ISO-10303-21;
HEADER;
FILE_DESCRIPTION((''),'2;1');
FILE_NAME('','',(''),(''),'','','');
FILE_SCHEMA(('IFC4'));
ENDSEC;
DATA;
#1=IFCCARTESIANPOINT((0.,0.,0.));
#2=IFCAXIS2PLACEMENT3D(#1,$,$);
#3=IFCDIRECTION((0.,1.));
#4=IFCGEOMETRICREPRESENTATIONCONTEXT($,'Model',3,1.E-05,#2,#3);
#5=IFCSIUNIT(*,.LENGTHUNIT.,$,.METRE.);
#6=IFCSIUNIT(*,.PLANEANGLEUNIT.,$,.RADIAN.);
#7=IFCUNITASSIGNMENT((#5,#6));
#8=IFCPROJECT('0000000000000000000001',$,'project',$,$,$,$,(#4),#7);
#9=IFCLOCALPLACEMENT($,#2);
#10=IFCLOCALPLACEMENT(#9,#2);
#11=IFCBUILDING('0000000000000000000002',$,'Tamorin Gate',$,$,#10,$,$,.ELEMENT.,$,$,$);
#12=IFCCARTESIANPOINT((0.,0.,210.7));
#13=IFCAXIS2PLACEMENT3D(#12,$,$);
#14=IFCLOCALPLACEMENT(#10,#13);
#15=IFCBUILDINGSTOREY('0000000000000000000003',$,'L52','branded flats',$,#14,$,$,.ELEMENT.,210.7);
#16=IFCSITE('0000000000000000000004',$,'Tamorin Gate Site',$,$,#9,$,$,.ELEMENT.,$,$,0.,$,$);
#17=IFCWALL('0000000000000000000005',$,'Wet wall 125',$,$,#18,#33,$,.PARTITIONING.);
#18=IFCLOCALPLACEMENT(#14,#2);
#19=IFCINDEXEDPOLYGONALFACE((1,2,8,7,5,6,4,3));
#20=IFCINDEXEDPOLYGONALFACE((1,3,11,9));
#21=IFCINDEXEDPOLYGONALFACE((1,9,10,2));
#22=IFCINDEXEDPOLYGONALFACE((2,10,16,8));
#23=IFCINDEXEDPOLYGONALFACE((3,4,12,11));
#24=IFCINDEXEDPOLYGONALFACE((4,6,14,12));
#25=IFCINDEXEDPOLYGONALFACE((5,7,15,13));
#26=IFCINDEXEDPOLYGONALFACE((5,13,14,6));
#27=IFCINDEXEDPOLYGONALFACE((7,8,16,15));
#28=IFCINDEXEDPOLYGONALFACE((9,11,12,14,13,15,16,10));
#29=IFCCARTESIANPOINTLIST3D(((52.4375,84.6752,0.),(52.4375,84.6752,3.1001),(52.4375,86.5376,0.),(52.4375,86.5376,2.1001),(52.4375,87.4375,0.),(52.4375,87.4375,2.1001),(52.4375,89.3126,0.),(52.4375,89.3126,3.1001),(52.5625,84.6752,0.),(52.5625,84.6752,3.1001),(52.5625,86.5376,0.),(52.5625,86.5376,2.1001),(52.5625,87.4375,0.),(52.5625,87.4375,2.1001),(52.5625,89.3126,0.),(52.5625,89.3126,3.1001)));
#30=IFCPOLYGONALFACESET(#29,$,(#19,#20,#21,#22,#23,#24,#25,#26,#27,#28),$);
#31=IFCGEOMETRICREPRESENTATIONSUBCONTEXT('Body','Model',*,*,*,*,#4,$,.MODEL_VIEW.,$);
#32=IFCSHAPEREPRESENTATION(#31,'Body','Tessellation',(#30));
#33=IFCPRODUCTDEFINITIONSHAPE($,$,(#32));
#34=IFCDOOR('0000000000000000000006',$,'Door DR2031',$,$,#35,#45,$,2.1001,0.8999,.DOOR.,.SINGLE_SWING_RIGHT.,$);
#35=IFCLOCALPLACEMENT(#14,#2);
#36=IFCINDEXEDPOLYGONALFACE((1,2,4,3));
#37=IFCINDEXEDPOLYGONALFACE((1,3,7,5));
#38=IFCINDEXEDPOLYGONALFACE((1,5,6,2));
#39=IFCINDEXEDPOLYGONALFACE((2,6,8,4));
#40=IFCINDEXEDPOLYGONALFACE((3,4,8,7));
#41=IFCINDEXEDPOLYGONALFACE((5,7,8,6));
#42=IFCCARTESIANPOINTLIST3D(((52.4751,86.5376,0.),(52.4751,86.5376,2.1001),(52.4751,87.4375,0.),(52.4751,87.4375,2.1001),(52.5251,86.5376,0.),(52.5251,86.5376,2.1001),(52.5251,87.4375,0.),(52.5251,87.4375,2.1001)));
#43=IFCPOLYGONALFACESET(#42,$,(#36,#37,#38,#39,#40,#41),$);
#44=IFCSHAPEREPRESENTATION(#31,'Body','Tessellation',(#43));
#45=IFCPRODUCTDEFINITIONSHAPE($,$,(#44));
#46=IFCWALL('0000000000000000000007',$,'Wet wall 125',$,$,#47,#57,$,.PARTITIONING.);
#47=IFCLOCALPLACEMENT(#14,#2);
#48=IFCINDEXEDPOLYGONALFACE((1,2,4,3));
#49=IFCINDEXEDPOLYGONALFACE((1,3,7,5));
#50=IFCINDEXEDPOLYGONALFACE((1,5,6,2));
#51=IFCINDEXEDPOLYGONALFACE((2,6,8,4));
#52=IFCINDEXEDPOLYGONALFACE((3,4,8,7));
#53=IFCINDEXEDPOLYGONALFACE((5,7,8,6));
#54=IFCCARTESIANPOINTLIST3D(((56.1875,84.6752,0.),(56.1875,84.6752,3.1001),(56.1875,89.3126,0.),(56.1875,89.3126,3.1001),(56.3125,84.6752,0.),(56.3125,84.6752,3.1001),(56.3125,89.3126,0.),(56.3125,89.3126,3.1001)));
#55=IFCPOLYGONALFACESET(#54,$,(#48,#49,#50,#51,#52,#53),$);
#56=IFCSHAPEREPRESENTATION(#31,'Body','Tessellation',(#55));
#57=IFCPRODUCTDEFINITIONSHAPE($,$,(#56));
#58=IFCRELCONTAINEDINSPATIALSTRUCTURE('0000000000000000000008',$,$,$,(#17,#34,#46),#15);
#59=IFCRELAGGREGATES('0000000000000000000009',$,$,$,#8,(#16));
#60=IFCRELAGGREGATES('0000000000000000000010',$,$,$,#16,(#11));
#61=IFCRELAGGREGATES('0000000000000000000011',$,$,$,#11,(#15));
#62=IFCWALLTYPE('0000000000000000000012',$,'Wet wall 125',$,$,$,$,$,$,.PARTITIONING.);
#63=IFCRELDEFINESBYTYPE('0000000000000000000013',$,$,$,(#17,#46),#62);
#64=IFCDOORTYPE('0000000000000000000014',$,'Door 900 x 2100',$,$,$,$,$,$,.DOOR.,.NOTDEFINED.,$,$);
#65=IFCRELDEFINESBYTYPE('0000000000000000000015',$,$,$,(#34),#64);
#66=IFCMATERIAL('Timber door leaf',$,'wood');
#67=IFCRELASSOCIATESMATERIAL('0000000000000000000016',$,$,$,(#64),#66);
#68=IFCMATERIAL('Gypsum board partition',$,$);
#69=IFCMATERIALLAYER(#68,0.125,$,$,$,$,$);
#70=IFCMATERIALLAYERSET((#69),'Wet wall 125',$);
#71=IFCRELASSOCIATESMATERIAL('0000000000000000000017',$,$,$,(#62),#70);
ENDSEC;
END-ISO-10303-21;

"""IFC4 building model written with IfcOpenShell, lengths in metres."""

from ifc_helpers import new_model, si_unit, direction, frame, frame_2d, origin, place, context, subcontext, project, spatial, rectangle, extrude, material, layer, layer_set, type_object, element, fill, save


model = new_model("IFC4")

# Units and contexts
model_context = context("Model", 3, precision=1e-05, world=origin(), true_north=direction((0.0, 1.0)))
body_context = subcontext(model_context, "Body", "Model", "MODEL_VIEW")
ifc_project = project(units=[si_unit("LENGTHUNIT", "METRE"), si_unit("PLANEANGLEUNIT", "RADIAN")], contexts=[model_context])

# Site, building, storey
site_placement = place(None, origin())
site = spatial("IfcSite", under=ifc_project, at=site_placement, Name="Tamorin Gate Site", CompositionType="ELEMENT", RefElevation=0.0)
building_placement = place(site_placement, origin())
building = spatial("IfcBuilding", under=site, at=building_placement, Name="Tamorin Gate", CompositionType="ELEMENT")
storey_placement = place(building_placement, frame((0.0, 0.0, 210.7)))
storey = spatial("IfcBuildingStorey", under=building, at=storey_placement, Name="L52", Description="branded flats", CompositionType="ELEMENT", Elevation=210.7)

# Shared definitions
ifc_material_1 = material(Name="Gypsum board partition")

# Wall, opening, door
ifc_material_2 = material(Name="Timber door leaf", Category="wood")
door_type = type_object("IfcDoorType", Name="Door 900 x 2100", OperationType="NOTDEFINED", PredefinedType="DOOR", material=ifc_material_2)
ifc_layer_1 = layer(ifc_material_1, 0.125)
ifc_layer_set_1 = layer_set([ifc_layer_1], Name="Wet wall 125")
wall_type_1 = type_object("IfcWallType", Name="Wet wall 125", PredefinedType="PARTITIONING", material=ifc_layer_set_1)
wall_1_placement = place(storey_placement, frame((52.5, 84.675, 0.0), z_axis=(0.0, 0.0, 1.0), x_axis=(0.0, 1.0, 0.0)))
wall_1 = element("IfcWall", 1, at=wall_1_placement, inside=storey, type_object=wall_type_1, Name="Wet wall 125", PredefinedType="PARTITIONING", context=body_context, shape_type="SweptSolid", body=[
    extrude(rectangle(XDim=4.6375, YDim=0.125, at=frame_2d((2.3188, 0.0))), origin(), (0.0, 0.0, 1.0), 3.1001),
])
opening_1_placement = place(wall_1_placement, frame((1.8625, 0.0, 0.0)))
opening_1 = element("IfcOpeningElement", 2, at=opening_1_placement, cuts=wall_1, PredefinedType="OPENING", context=body_context, shape_type="SweptSolid", body=[
    extrude(rectangle(XDim=0.8999, YDim=2.1001, at=frame_2d((0.45, 1.05))), frame((0.0, 0.0725, 0.0), z_axis=(0.0, -1.0, 0.0), x_axis=(1.0, 0.0, 0.0)), (0.0, 0.0, 1.0), 0.145),
])
door_1_placement = place(opening_1_placement, origin())
door_1 = element("IfcDoor", 3, at=door_1_placement, inside=storey, type_object=door_type, Name="Door DR2031", OperationType="SINGLE_SWING_RIGHT", OverallHeight=2.1001, OverallWidth=0.8999, PredefinedType="DOOR", context=body_context, shape_type="SweptSolid", body=[
    extrude(rectangle(XDim=0.8999, YDim=2.1001, at=frame_2d((0.45, 1.05))), frame((0.0, 0.0249, 0.0), z_axis=(0.0, -1.0, 0.0), x_axis=(1.0, 0.0, 0.0)), (0.0, 0.0, 1.0), 0.05),
])
fill(opening_1, door_1)

# Wall
wall_2_placement = place(storey_placement, frame((56.25, 84.675, 0.0), z_axis=(0.0, 0.0, 1.0), x_axis=(0.0, 1.0, 0.0)))
element("IfcWall", 4, at=wall_2_placement, inside=storey, type_object=wall_type_1, Name="Wet wall 125", PredefinedType="PARTITIONING", context=body_context, shape_type="SweptSolid", body=[
    extrude(rectangle(XDim=4.6375, YDim=0.125, at=frame_2d((2.3188, 0.0))), origin(), (0.0, 0.0, 1.0), 3.1001),
])

save(model, "model.ifc")
